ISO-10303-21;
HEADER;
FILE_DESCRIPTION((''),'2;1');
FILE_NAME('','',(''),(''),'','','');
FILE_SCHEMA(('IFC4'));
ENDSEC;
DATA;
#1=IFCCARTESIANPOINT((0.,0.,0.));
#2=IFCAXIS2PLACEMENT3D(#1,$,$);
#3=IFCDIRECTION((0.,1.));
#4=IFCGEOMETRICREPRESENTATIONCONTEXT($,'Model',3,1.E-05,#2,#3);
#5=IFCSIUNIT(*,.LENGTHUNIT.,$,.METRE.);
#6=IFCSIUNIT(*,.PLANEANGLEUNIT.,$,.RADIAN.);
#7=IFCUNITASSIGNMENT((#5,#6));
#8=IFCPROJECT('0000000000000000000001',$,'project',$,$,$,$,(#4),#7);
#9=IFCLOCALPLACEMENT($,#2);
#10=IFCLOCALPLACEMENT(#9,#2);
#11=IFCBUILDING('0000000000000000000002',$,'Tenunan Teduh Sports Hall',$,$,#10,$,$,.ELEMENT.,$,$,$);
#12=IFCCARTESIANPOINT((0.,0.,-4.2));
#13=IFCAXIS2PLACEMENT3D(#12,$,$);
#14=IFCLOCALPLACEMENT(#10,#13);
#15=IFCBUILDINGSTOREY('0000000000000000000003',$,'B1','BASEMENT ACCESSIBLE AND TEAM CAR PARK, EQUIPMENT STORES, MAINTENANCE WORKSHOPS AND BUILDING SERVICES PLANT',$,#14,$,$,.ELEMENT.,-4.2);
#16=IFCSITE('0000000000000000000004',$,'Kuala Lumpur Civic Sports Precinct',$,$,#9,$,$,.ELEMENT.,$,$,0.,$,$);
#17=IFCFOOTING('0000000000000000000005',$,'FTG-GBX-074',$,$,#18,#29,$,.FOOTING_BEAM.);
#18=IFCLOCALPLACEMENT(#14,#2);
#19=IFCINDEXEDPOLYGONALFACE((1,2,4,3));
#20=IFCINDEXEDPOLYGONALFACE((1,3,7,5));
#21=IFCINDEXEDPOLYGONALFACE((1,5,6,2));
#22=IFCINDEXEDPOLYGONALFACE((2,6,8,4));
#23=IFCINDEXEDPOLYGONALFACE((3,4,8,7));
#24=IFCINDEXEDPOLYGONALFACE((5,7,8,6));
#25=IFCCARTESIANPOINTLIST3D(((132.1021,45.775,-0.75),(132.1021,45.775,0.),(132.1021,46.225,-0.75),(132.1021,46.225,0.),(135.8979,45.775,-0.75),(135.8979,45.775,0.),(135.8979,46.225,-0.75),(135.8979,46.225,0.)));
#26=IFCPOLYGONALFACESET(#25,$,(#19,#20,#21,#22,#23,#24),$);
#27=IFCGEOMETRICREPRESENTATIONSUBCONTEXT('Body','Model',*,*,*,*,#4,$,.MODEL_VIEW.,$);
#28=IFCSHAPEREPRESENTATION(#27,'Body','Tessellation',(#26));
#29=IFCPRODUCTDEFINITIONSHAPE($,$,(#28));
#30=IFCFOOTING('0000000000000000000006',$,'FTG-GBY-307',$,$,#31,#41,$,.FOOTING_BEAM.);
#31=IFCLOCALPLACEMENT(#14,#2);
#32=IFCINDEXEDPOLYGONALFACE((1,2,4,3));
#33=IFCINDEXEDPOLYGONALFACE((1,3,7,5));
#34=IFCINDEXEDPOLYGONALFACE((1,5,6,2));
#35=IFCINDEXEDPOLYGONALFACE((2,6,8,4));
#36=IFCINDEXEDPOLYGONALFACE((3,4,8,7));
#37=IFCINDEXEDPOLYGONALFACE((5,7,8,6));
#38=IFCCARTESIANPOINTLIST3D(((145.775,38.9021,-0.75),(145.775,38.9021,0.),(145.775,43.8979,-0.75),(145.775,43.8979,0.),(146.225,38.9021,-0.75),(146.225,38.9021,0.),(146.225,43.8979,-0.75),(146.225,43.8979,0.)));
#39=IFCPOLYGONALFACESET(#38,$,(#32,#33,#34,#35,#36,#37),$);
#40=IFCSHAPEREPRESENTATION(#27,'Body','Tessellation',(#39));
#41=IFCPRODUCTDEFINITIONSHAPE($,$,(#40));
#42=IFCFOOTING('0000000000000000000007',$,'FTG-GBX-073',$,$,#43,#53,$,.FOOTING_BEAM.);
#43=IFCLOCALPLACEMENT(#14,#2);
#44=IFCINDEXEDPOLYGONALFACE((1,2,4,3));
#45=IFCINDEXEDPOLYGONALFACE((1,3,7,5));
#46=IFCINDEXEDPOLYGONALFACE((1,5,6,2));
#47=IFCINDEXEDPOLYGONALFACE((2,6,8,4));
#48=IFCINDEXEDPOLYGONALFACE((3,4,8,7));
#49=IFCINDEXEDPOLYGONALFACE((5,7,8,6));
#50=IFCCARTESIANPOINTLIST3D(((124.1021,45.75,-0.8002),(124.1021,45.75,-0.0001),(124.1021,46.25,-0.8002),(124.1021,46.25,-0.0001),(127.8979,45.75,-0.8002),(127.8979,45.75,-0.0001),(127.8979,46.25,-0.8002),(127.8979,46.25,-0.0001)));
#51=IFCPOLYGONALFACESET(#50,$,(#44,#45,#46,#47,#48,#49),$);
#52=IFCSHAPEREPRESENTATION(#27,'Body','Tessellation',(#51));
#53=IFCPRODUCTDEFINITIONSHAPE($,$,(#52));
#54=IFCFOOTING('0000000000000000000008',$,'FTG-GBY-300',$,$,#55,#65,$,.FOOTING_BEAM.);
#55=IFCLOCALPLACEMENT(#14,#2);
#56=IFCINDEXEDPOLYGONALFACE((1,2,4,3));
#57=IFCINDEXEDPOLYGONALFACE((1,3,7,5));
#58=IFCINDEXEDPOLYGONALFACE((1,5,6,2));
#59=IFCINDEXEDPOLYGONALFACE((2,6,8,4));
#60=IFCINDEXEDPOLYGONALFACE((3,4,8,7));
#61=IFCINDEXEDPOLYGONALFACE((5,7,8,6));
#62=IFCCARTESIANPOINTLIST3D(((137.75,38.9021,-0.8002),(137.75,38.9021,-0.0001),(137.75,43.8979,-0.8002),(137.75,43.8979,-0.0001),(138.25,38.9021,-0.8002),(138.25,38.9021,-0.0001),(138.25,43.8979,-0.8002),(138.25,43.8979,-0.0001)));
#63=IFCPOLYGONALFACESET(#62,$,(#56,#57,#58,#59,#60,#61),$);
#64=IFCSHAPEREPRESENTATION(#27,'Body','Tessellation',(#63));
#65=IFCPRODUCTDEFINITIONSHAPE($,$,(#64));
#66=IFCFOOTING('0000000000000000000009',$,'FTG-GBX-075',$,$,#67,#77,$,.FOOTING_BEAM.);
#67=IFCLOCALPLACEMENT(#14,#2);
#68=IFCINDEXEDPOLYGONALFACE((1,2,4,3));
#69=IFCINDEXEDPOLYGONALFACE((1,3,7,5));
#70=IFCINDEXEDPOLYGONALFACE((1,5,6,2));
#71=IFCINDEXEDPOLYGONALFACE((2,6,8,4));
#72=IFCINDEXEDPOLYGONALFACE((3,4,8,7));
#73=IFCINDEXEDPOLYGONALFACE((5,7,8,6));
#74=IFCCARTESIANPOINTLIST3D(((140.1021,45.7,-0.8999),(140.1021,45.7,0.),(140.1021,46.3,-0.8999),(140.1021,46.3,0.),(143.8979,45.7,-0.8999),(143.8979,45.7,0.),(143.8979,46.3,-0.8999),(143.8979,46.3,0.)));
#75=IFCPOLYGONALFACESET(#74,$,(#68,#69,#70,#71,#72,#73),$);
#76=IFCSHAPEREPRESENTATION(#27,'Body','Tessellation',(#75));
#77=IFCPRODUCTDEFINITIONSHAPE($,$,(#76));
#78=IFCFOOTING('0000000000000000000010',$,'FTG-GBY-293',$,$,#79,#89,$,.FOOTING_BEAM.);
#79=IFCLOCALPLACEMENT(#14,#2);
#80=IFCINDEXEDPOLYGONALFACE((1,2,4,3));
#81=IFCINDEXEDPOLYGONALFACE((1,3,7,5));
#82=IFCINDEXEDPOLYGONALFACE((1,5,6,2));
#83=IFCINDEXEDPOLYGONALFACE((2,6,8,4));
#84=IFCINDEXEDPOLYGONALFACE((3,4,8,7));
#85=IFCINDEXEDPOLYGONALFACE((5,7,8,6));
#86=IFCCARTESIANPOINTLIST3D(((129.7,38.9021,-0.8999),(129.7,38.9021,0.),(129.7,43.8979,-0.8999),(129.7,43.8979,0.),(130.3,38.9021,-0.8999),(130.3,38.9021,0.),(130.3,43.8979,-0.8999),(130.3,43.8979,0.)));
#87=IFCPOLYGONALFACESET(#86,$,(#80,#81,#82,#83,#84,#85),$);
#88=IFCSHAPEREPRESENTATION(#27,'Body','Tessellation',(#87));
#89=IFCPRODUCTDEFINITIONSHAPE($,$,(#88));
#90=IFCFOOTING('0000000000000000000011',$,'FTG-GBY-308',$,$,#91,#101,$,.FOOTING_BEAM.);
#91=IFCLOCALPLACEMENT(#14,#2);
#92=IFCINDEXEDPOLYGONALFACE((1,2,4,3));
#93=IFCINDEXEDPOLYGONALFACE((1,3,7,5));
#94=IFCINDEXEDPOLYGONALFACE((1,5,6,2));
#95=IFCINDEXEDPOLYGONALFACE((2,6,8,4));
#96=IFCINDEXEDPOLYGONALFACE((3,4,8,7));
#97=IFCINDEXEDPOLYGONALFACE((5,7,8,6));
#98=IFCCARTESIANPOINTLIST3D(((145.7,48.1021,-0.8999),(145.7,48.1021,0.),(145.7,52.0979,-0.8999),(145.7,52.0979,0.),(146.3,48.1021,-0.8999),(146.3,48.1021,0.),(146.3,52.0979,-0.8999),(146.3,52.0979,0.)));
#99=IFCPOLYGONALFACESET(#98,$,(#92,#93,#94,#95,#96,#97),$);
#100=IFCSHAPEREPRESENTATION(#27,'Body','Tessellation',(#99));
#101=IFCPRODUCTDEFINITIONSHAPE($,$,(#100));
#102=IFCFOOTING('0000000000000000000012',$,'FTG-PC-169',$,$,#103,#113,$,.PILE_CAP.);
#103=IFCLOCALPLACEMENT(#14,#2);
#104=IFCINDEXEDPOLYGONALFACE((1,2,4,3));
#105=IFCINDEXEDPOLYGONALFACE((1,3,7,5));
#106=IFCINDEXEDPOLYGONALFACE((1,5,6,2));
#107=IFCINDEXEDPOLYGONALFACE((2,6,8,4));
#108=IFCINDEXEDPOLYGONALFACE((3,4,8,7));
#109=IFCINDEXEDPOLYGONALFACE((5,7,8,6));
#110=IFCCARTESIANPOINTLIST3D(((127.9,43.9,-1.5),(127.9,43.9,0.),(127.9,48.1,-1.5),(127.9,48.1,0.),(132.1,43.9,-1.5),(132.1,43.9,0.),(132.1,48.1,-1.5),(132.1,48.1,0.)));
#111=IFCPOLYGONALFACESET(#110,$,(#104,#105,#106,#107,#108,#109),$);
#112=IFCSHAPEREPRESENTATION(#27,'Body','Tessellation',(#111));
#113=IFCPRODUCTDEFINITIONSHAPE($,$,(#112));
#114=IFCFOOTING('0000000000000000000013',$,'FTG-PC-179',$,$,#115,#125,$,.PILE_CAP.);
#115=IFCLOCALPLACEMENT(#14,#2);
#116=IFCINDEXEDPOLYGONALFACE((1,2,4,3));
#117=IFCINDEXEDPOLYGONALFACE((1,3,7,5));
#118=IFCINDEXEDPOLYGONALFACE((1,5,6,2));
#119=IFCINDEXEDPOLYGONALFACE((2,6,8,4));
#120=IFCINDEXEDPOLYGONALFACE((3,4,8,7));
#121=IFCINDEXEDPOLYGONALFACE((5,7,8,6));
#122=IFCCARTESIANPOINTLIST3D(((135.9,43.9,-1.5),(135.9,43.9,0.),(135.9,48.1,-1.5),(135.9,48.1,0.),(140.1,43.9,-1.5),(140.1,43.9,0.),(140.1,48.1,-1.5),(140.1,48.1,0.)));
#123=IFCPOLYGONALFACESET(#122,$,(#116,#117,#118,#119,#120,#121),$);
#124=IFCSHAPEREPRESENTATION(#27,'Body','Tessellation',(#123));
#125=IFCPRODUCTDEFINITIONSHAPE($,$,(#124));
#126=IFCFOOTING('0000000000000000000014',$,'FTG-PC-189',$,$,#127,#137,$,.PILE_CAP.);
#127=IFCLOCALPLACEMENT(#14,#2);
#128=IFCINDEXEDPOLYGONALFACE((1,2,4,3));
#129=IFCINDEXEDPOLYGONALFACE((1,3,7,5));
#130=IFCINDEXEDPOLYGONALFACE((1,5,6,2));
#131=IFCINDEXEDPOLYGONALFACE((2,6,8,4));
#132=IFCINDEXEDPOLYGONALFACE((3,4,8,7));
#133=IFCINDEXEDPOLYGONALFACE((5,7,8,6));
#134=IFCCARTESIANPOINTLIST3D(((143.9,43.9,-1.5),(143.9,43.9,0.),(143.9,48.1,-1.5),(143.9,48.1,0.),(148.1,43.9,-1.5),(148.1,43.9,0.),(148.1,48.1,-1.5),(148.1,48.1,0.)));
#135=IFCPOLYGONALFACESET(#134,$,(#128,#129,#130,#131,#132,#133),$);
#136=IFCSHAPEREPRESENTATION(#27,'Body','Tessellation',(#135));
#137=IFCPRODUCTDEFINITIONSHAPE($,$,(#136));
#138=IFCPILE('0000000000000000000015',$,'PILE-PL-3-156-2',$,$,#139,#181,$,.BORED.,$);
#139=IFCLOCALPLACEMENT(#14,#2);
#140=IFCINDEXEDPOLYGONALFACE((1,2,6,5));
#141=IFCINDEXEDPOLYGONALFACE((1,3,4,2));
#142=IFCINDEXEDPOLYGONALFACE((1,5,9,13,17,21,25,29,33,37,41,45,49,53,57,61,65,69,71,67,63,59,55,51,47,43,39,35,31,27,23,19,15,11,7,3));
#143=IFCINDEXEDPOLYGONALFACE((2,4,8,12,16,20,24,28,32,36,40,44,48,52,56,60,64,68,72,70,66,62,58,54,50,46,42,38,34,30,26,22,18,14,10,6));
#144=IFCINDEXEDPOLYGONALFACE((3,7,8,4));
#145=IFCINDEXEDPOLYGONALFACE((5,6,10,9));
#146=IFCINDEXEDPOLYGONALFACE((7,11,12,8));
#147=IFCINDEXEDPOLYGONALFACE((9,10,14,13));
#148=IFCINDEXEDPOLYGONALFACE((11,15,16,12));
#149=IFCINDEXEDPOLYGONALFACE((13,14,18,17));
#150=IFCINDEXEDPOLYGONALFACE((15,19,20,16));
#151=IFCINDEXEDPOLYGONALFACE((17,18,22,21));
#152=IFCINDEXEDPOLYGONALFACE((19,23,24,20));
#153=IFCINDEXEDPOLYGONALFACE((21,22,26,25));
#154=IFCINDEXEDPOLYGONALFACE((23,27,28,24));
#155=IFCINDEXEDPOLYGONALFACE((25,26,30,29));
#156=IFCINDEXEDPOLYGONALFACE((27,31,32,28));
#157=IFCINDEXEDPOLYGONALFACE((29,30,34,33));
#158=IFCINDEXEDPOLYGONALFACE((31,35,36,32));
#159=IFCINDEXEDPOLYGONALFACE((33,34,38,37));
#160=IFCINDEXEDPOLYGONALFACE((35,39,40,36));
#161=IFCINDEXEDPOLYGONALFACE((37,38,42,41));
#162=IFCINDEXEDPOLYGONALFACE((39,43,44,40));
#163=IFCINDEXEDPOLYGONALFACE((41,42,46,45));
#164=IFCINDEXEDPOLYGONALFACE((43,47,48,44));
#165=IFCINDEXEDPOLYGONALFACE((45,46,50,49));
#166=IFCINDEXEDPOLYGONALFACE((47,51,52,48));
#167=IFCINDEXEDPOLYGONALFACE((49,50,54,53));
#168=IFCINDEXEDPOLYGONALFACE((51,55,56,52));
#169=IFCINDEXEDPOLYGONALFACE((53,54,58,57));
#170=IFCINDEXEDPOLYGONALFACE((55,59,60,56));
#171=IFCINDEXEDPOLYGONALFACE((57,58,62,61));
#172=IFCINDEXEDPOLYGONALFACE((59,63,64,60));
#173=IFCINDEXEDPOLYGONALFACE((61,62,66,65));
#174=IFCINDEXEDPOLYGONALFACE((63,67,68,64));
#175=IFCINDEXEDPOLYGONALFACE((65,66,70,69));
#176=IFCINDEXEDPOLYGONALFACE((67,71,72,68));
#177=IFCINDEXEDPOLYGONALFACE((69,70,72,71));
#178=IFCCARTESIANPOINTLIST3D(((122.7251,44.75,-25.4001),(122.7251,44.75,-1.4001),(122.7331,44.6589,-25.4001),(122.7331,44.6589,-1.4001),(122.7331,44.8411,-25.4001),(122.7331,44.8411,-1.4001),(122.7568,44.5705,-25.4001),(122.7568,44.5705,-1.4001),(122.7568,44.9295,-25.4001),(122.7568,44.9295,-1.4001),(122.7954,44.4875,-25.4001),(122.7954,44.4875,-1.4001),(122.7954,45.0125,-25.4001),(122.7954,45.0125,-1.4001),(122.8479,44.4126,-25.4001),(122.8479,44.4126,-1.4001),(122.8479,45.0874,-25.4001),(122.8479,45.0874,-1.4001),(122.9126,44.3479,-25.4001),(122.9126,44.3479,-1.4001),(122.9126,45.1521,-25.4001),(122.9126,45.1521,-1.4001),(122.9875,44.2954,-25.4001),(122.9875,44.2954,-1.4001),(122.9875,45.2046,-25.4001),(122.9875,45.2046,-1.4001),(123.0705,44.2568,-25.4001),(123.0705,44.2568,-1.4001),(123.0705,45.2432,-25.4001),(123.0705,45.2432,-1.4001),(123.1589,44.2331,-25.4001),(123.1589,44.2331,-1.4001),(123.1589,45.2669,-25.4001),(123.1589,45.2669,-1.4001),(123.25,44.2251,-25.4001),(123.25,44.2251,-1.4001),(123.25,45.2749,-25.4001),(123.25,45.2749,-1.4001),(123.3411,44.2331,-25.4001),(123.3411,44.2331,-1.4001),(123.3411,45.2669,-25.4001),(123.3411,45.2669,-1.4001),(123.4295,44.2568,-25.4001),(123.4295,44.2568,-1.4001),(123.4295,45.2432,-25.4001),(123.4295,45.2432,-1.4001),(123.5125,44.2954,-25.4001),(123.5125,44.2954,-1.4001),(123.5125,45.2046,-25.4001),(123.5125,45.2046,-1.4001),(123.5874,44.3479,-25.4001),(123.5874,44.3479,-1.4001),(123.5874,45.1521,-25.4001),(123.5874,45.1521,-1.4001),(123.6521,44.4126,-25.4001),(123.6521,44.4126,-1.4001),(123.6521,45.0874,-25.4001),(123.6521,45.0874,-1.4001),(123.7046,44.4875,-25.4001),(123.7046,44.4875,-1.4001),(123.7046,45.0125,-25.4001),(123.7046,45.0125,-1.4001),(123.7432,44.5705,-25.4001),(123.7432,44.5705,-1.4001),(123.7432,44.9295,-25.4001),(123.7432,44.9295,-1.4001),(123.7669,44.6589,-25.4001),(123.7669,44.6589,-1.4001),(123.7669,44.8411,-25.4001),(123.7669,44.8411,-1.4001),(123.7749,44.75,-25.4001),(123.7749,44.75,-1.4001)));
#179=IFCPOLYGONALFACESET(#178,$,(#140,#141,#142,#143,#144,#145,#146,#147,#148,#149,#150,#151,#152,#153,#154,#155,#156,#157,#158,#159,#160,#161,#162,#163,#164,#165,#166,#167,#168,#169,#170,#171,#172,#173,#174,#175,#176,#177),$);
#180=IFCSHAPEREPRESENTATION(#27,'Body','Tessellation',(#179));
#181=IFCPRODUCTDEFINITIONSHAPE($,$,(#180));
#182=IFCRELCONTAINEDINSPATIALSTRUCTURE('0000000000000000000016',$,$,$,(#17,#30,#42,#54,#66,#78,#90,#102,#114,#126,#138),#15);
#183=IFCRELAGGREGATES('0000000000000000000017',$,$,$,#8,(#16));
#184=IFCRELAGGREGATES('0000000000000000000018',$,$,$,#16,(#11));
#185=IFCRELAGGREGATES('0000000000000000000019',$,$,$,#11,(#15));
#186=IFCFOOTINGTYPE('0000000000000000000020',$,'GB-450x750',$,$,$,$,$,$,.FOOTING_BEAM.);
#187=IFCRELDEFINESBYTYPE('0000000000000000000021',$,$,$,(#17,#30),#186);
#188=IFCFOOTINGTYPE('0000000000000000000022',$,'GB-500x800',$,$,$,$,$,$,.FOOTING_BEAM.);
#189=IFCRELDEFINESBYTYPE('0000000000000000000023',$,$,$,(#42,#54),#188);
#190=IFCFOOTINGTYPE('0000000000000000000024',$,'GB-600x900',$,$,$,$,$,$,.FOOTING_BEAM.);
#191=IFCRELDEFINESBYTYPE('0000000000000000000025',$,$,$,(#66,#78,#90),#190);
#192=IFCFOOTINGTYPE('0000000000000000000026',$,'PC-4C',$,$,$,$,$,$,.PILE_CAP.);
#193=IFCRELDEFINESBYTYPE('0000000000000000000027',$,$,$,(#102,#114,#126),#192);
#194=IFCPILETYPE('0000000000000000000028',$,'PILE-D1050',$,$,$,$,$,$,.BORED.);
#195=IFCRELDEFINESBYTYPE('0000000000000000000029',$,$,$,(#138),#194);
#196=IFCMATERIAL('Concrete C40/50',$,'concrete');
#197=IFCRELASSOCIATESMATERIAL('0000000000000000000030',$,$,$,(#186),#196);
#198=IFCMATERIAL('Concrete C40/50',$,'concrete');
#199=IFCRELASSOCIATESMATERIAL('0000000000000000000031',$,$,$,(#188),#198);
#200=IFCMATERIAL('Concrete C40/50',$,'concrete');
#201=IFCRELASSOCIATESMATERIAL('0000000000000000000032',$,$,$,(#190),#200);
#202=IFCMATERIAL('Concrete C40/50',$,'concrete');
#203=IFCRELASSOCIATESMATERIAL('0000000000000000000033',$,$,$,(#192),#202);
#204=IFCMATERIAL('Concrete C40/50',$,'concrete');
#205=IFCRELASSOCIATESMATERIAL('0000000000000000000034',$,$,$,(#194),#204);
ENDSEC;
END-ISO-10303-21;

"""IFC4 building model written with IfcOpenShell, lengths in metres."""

from ifc_helpers import new_model, si_unit, direction, frame, origin, origin_2d, place, context, subcontext, project, spatial, rectangle, circle, extrude, material, material_profile, profile_set, type_object, element, save


model = new_model("IFC4")

# Units and contexts
model_context = context("Model", 3, precision=1e-05, world=origin(), true_north=direction((0.0, 1.0)))
body_context = subcontext(model_context, "Body", "Model", "MODEL_VIEW")
ifc_project = project(units=[si_unit("LENGTHUNIT", "METRE"), si_unit("PLANEANGLEUNIT", "RADIAN")], contexts=[model_context])

# Site, building, storey
site_placement = place(None, origin())
site = spatial("IfcSite", under=ifc_project, at=site_placement, Name="Kuala Lumpur Civic Sports Precinct", CompositionType="ELEMENT", RefElevation=0.0)
building_placement = place(site_placement, origin())
building = spatial("IfcBuilding", under=site, at=building_placement, Name="Tenunan Teduh Sports Hall", CompositionType="ELEMENT")
storey_placement = place(building_placement, frame((0.0, 0.0, -4.2)))
storey = spatial("IfcBuildingStorey", under=building, at=storey_placement, Name="B1", Description="BASEMENT ACCESSIBLE AND TEAM CAR PARK, EQUIPMENT STORES, MAINTENANCE WORKSHOPS AND BUILDING SERVICES PLANT", CompositionType="ELEMENT", Elevation=-4.2)

# Footings
ifc_material_1 = material(Name="Concrete C40/50", Category="concrete")
ifc_material_profile_1 = material_profile(ifc_material_1, rectangle(XDim=0.45, YDim=0.75, at=origin_2d()), Name="RCB 450x750")
ifc_profile_set_1 = profile_set([ifc_material_profile_1], Name="Concrete C40/50")
footing_type_1 = type_object("IfcFootingType", Name="GB-450x750", PredefinedType="FOOTING_BEAM", material=ifc_profile_set_1)
footing_1_placement = place(storey_placement, frame((132.1021, 46.0, -0.375), z_axis=(1.0, 0.0, 0.0), x_axis=(0.0, 1.0, 0.0)))
element("IfcFooting", 1, at=footing_1_placement, inside=storey, type_object=footing_type_1, Name="FTG-GBX-074", PredefinedType="FOOTING_BEAM", context=body_context, shape_type="SweptSolid", body=[
    extrude(rectangle(XDim=0.45, YDim=0.75, at=origin_2d()), origin(), (0.0, 0.0, 1.0), 3.7959),
])
footing_2_placement = place(storey_placement, frame((146.0, 38.9021, -0.375), z_axis=(0.0, 1.0, 0.0), x_axis=(-1.0, 0.0, 0.0)))
element("IfcFooting", 2, at=footing_2_placement, inside=storey, type_object=footing_type_1, Name="FTG-GBY-307", PredefinedType="FOOTING_BEAM", context=body_context, shape_type="SweptSolid", body=[
    extrude(rectangle(XDim=0.45, YDim=0.75, at=origin_2d()), origin(), (0.0, 0.0, 1.0), 4.9958),
])
ifc_material_2 = material(Name="Concrete C40/50", Category="concrete")
ifc_material_profile_2 = material_profile(ifc_material_2, rectangle(XDim=0.5, YDim=0.8, at=origin_2d()), Name="RCB 500x800")
ifc_profile_set_2 = profile_set([ifc_material_profile_2], Name="Concrete C40/50")
footing_type_2 = type_object("IfcFootingType", Name="GB-500x800", PredefinedType="FOOTING_BEAM", material=ifc_profile_set_2)
footing_3_placement = place(storey_placement, frame((124.1021, 46.0, -0.4001), z_axis=(1.0, 0.0, 0.0), x_axis=(0.0, 1.0, 0.0)))
element("IfcFooting", 3, at=footing_3_placement, inside=storey, type_object=footing_type_2, Name="FTG-GBX-073", PredefinedType="FOOTING_BEAM", context=body_context, shape_type="SweptSolid", body=[
    extrude(rectangle(XDim=0.5, YDim=0.8, at=origin_2d()), origin(), (0.0, 0.0, 1.0), 3.7959),
])
footing_4_placement = place(storey_placement, frame((138.0, 38.9021, -0.4001), z_axis=(0.0, 1.0, 0.0), x_axis=(-1.0, 0.0, 0.0)))
element("IfcFooting", 4, at=footing_4_placement, inside=storey, type_object=footing_type_2, Name="FTG-GBY-300", PredefinedType="FOOTING_BEAM", context=body_context, shape_type="SweptSolid", body=[
    extrude(rectangle(XDim=0.5, YDim=0.8, at=origin_2d()), origin(), (0.0, 0.0, 1.0), 4.9958),
])
ifc_material_3 = material(Name="Concrete C40/50", Category="concrete")
ifc_material_profile_3 = material_profile(ifc_material_3, rectangle(XDim=0.6001, YDim=0.8999, at=origin_2d()), Name="RCB 600x900")
ifc_profile_set_3 = profile_set([ifc_material_profile_3], Name="Concrete C40/50")
footing_type_3 = type_object("IfcFootingType", Name="GB-600x900", PredefinedType="FOOTING_BEAM", material=ifc_profile_set_3)
footing_5_placement = place(storey_placement, frame((140.1021, 46.0, -0.45), z_axis=(1.0, 0.0, 0.0), x_axis=(0.0, 1.0, 0.0)))
element("IfcFooting", 5, at=footing_5_placement, inside=storey, type_object=footing_type_3, Name="FTG-GBX-075", PredefinedType="FOOTING_BEAM", context=body_context, shape_type="SweptSolid", body=[
    extrude(rectangle(XDim=0.6001, YDim=0.8999, at=origin_2d()), origin(), (0.0, 0.0, 1.0), 3.7959),
])
footing_6_placement = place(storey_placement, frame((130.0, 38.9021, -0.45), z_axis=(0.0, 1.0, 0.0), x_axis=(-1.0, 0.0, 0.0)))
element("IfcFooting", 6, at=footing_6_placement, inside=storey, type_object=footing_type_3, Name="FTG-GBY-293", PredefinedType="FOOTING_BEAM", context=body_context, shape_type="SweptSolid", body=[
    extrude(rectangle(XDim=0.6001, YDim=0.8999, at=origin_2d()), origin(), (0.0, 0.0, 1.0), 4.9958),
])
footing_7_placement = place(storey_placement, frame((146.0, 48.1021, -0.45), z_axis=(0.0, 1.0, 0.0), x_axis=(-1.0, 0.0, 0.0)))
element("IfcFooting", 7, at=footing_7_placement, inside=storey, type_object=footing_type_3, Name="FTG-GBY-308", PredefinedType="FOOTING_BEAM", context=body_context, shape_type="SweptSolid", body=[
    extrude(rectangle(XDim=0.6001, YDim=0.8999, at=origin_2d()), origin(), (0.0, 0.0, 1.0), 3.9958),
])
ifc_material_4 = material(Name="Concrete C40/50", Category="concrete")
footing_type_4 = type_object("IfcFootingType", Name="PC-4C", PredefinedType="PILE_CAP", material=ifc_material_4)
for number, where, z_axis, x_axis, name in (
    (8, (130.0, 46.0, -1.5), (0.0, 0.0, 1.0), (1.0, 0.0, 0.0), "FTG-PC-169"),
    (9, (138.0, 46.0, -1.5), (0.0, 0.0, 1.0), (1.0, 0.0, 0.0), "FTG-PC-179"),
    (10, (146.0, 46.0, -1.5), (0.0, 0.0, 1.0), (1.0, 0.0, 0.0), "FTG-PC-189"),
):
    element("IfcFooting", number, at=place(storey_placement, frame(where, z_axis=z_axis, x_axis=x_axis)), inside=storey, type_object=footing_type_4, Name=name, PredefinedType="PILE_CAP", context=body_context, shape_type="SweptSolid", body=[
        extrude(rectangle(XDim=4.2, YDim=4.2, at=origin_2d()), origin(), (0.0, 0.0, 1.0), 1.5),
    ])

# Pile
ifc_material_5 = material(Name="Concrete C40/50", Category="concrete")
ifc_material_profile_4 = material_profile(ifc_material_5, circle(Radius=0.5249, at=origin_2d()), Name="PILE D1050")
ifc_profile_set_4 = profile_set([ifc_material_profile_4], Name="Concrete C40/50")
pile_type_1 = type_object("IfcPileType", Name="PILE-D1050", PredefinedType="BORED", material=ifc_profile_set_4)
for number, where, z_axis, x_axis, name in (
    (11, (123.25, 44.75, -1.4001), (0.0, 0.0, -1.0), (1.0, 0.0, 0.0), "PILE-PL-3-156-2"),
):
    element("IfcPile", number, at=place(storey_placement, frame(where, z_axis=z_axis, x_axis=x_axis)), inside=storey, type_object=pile_type_1, Name=name, PredefinedType="BORED", context=body_context, shape_type="SweptSolid", body=[
        extrude(circle(Radius=0.5249, at=origin_2d()), origin(), (0.0, 0.0, 1.0), 24.0),
    ])

save(model, "model.ifc")
